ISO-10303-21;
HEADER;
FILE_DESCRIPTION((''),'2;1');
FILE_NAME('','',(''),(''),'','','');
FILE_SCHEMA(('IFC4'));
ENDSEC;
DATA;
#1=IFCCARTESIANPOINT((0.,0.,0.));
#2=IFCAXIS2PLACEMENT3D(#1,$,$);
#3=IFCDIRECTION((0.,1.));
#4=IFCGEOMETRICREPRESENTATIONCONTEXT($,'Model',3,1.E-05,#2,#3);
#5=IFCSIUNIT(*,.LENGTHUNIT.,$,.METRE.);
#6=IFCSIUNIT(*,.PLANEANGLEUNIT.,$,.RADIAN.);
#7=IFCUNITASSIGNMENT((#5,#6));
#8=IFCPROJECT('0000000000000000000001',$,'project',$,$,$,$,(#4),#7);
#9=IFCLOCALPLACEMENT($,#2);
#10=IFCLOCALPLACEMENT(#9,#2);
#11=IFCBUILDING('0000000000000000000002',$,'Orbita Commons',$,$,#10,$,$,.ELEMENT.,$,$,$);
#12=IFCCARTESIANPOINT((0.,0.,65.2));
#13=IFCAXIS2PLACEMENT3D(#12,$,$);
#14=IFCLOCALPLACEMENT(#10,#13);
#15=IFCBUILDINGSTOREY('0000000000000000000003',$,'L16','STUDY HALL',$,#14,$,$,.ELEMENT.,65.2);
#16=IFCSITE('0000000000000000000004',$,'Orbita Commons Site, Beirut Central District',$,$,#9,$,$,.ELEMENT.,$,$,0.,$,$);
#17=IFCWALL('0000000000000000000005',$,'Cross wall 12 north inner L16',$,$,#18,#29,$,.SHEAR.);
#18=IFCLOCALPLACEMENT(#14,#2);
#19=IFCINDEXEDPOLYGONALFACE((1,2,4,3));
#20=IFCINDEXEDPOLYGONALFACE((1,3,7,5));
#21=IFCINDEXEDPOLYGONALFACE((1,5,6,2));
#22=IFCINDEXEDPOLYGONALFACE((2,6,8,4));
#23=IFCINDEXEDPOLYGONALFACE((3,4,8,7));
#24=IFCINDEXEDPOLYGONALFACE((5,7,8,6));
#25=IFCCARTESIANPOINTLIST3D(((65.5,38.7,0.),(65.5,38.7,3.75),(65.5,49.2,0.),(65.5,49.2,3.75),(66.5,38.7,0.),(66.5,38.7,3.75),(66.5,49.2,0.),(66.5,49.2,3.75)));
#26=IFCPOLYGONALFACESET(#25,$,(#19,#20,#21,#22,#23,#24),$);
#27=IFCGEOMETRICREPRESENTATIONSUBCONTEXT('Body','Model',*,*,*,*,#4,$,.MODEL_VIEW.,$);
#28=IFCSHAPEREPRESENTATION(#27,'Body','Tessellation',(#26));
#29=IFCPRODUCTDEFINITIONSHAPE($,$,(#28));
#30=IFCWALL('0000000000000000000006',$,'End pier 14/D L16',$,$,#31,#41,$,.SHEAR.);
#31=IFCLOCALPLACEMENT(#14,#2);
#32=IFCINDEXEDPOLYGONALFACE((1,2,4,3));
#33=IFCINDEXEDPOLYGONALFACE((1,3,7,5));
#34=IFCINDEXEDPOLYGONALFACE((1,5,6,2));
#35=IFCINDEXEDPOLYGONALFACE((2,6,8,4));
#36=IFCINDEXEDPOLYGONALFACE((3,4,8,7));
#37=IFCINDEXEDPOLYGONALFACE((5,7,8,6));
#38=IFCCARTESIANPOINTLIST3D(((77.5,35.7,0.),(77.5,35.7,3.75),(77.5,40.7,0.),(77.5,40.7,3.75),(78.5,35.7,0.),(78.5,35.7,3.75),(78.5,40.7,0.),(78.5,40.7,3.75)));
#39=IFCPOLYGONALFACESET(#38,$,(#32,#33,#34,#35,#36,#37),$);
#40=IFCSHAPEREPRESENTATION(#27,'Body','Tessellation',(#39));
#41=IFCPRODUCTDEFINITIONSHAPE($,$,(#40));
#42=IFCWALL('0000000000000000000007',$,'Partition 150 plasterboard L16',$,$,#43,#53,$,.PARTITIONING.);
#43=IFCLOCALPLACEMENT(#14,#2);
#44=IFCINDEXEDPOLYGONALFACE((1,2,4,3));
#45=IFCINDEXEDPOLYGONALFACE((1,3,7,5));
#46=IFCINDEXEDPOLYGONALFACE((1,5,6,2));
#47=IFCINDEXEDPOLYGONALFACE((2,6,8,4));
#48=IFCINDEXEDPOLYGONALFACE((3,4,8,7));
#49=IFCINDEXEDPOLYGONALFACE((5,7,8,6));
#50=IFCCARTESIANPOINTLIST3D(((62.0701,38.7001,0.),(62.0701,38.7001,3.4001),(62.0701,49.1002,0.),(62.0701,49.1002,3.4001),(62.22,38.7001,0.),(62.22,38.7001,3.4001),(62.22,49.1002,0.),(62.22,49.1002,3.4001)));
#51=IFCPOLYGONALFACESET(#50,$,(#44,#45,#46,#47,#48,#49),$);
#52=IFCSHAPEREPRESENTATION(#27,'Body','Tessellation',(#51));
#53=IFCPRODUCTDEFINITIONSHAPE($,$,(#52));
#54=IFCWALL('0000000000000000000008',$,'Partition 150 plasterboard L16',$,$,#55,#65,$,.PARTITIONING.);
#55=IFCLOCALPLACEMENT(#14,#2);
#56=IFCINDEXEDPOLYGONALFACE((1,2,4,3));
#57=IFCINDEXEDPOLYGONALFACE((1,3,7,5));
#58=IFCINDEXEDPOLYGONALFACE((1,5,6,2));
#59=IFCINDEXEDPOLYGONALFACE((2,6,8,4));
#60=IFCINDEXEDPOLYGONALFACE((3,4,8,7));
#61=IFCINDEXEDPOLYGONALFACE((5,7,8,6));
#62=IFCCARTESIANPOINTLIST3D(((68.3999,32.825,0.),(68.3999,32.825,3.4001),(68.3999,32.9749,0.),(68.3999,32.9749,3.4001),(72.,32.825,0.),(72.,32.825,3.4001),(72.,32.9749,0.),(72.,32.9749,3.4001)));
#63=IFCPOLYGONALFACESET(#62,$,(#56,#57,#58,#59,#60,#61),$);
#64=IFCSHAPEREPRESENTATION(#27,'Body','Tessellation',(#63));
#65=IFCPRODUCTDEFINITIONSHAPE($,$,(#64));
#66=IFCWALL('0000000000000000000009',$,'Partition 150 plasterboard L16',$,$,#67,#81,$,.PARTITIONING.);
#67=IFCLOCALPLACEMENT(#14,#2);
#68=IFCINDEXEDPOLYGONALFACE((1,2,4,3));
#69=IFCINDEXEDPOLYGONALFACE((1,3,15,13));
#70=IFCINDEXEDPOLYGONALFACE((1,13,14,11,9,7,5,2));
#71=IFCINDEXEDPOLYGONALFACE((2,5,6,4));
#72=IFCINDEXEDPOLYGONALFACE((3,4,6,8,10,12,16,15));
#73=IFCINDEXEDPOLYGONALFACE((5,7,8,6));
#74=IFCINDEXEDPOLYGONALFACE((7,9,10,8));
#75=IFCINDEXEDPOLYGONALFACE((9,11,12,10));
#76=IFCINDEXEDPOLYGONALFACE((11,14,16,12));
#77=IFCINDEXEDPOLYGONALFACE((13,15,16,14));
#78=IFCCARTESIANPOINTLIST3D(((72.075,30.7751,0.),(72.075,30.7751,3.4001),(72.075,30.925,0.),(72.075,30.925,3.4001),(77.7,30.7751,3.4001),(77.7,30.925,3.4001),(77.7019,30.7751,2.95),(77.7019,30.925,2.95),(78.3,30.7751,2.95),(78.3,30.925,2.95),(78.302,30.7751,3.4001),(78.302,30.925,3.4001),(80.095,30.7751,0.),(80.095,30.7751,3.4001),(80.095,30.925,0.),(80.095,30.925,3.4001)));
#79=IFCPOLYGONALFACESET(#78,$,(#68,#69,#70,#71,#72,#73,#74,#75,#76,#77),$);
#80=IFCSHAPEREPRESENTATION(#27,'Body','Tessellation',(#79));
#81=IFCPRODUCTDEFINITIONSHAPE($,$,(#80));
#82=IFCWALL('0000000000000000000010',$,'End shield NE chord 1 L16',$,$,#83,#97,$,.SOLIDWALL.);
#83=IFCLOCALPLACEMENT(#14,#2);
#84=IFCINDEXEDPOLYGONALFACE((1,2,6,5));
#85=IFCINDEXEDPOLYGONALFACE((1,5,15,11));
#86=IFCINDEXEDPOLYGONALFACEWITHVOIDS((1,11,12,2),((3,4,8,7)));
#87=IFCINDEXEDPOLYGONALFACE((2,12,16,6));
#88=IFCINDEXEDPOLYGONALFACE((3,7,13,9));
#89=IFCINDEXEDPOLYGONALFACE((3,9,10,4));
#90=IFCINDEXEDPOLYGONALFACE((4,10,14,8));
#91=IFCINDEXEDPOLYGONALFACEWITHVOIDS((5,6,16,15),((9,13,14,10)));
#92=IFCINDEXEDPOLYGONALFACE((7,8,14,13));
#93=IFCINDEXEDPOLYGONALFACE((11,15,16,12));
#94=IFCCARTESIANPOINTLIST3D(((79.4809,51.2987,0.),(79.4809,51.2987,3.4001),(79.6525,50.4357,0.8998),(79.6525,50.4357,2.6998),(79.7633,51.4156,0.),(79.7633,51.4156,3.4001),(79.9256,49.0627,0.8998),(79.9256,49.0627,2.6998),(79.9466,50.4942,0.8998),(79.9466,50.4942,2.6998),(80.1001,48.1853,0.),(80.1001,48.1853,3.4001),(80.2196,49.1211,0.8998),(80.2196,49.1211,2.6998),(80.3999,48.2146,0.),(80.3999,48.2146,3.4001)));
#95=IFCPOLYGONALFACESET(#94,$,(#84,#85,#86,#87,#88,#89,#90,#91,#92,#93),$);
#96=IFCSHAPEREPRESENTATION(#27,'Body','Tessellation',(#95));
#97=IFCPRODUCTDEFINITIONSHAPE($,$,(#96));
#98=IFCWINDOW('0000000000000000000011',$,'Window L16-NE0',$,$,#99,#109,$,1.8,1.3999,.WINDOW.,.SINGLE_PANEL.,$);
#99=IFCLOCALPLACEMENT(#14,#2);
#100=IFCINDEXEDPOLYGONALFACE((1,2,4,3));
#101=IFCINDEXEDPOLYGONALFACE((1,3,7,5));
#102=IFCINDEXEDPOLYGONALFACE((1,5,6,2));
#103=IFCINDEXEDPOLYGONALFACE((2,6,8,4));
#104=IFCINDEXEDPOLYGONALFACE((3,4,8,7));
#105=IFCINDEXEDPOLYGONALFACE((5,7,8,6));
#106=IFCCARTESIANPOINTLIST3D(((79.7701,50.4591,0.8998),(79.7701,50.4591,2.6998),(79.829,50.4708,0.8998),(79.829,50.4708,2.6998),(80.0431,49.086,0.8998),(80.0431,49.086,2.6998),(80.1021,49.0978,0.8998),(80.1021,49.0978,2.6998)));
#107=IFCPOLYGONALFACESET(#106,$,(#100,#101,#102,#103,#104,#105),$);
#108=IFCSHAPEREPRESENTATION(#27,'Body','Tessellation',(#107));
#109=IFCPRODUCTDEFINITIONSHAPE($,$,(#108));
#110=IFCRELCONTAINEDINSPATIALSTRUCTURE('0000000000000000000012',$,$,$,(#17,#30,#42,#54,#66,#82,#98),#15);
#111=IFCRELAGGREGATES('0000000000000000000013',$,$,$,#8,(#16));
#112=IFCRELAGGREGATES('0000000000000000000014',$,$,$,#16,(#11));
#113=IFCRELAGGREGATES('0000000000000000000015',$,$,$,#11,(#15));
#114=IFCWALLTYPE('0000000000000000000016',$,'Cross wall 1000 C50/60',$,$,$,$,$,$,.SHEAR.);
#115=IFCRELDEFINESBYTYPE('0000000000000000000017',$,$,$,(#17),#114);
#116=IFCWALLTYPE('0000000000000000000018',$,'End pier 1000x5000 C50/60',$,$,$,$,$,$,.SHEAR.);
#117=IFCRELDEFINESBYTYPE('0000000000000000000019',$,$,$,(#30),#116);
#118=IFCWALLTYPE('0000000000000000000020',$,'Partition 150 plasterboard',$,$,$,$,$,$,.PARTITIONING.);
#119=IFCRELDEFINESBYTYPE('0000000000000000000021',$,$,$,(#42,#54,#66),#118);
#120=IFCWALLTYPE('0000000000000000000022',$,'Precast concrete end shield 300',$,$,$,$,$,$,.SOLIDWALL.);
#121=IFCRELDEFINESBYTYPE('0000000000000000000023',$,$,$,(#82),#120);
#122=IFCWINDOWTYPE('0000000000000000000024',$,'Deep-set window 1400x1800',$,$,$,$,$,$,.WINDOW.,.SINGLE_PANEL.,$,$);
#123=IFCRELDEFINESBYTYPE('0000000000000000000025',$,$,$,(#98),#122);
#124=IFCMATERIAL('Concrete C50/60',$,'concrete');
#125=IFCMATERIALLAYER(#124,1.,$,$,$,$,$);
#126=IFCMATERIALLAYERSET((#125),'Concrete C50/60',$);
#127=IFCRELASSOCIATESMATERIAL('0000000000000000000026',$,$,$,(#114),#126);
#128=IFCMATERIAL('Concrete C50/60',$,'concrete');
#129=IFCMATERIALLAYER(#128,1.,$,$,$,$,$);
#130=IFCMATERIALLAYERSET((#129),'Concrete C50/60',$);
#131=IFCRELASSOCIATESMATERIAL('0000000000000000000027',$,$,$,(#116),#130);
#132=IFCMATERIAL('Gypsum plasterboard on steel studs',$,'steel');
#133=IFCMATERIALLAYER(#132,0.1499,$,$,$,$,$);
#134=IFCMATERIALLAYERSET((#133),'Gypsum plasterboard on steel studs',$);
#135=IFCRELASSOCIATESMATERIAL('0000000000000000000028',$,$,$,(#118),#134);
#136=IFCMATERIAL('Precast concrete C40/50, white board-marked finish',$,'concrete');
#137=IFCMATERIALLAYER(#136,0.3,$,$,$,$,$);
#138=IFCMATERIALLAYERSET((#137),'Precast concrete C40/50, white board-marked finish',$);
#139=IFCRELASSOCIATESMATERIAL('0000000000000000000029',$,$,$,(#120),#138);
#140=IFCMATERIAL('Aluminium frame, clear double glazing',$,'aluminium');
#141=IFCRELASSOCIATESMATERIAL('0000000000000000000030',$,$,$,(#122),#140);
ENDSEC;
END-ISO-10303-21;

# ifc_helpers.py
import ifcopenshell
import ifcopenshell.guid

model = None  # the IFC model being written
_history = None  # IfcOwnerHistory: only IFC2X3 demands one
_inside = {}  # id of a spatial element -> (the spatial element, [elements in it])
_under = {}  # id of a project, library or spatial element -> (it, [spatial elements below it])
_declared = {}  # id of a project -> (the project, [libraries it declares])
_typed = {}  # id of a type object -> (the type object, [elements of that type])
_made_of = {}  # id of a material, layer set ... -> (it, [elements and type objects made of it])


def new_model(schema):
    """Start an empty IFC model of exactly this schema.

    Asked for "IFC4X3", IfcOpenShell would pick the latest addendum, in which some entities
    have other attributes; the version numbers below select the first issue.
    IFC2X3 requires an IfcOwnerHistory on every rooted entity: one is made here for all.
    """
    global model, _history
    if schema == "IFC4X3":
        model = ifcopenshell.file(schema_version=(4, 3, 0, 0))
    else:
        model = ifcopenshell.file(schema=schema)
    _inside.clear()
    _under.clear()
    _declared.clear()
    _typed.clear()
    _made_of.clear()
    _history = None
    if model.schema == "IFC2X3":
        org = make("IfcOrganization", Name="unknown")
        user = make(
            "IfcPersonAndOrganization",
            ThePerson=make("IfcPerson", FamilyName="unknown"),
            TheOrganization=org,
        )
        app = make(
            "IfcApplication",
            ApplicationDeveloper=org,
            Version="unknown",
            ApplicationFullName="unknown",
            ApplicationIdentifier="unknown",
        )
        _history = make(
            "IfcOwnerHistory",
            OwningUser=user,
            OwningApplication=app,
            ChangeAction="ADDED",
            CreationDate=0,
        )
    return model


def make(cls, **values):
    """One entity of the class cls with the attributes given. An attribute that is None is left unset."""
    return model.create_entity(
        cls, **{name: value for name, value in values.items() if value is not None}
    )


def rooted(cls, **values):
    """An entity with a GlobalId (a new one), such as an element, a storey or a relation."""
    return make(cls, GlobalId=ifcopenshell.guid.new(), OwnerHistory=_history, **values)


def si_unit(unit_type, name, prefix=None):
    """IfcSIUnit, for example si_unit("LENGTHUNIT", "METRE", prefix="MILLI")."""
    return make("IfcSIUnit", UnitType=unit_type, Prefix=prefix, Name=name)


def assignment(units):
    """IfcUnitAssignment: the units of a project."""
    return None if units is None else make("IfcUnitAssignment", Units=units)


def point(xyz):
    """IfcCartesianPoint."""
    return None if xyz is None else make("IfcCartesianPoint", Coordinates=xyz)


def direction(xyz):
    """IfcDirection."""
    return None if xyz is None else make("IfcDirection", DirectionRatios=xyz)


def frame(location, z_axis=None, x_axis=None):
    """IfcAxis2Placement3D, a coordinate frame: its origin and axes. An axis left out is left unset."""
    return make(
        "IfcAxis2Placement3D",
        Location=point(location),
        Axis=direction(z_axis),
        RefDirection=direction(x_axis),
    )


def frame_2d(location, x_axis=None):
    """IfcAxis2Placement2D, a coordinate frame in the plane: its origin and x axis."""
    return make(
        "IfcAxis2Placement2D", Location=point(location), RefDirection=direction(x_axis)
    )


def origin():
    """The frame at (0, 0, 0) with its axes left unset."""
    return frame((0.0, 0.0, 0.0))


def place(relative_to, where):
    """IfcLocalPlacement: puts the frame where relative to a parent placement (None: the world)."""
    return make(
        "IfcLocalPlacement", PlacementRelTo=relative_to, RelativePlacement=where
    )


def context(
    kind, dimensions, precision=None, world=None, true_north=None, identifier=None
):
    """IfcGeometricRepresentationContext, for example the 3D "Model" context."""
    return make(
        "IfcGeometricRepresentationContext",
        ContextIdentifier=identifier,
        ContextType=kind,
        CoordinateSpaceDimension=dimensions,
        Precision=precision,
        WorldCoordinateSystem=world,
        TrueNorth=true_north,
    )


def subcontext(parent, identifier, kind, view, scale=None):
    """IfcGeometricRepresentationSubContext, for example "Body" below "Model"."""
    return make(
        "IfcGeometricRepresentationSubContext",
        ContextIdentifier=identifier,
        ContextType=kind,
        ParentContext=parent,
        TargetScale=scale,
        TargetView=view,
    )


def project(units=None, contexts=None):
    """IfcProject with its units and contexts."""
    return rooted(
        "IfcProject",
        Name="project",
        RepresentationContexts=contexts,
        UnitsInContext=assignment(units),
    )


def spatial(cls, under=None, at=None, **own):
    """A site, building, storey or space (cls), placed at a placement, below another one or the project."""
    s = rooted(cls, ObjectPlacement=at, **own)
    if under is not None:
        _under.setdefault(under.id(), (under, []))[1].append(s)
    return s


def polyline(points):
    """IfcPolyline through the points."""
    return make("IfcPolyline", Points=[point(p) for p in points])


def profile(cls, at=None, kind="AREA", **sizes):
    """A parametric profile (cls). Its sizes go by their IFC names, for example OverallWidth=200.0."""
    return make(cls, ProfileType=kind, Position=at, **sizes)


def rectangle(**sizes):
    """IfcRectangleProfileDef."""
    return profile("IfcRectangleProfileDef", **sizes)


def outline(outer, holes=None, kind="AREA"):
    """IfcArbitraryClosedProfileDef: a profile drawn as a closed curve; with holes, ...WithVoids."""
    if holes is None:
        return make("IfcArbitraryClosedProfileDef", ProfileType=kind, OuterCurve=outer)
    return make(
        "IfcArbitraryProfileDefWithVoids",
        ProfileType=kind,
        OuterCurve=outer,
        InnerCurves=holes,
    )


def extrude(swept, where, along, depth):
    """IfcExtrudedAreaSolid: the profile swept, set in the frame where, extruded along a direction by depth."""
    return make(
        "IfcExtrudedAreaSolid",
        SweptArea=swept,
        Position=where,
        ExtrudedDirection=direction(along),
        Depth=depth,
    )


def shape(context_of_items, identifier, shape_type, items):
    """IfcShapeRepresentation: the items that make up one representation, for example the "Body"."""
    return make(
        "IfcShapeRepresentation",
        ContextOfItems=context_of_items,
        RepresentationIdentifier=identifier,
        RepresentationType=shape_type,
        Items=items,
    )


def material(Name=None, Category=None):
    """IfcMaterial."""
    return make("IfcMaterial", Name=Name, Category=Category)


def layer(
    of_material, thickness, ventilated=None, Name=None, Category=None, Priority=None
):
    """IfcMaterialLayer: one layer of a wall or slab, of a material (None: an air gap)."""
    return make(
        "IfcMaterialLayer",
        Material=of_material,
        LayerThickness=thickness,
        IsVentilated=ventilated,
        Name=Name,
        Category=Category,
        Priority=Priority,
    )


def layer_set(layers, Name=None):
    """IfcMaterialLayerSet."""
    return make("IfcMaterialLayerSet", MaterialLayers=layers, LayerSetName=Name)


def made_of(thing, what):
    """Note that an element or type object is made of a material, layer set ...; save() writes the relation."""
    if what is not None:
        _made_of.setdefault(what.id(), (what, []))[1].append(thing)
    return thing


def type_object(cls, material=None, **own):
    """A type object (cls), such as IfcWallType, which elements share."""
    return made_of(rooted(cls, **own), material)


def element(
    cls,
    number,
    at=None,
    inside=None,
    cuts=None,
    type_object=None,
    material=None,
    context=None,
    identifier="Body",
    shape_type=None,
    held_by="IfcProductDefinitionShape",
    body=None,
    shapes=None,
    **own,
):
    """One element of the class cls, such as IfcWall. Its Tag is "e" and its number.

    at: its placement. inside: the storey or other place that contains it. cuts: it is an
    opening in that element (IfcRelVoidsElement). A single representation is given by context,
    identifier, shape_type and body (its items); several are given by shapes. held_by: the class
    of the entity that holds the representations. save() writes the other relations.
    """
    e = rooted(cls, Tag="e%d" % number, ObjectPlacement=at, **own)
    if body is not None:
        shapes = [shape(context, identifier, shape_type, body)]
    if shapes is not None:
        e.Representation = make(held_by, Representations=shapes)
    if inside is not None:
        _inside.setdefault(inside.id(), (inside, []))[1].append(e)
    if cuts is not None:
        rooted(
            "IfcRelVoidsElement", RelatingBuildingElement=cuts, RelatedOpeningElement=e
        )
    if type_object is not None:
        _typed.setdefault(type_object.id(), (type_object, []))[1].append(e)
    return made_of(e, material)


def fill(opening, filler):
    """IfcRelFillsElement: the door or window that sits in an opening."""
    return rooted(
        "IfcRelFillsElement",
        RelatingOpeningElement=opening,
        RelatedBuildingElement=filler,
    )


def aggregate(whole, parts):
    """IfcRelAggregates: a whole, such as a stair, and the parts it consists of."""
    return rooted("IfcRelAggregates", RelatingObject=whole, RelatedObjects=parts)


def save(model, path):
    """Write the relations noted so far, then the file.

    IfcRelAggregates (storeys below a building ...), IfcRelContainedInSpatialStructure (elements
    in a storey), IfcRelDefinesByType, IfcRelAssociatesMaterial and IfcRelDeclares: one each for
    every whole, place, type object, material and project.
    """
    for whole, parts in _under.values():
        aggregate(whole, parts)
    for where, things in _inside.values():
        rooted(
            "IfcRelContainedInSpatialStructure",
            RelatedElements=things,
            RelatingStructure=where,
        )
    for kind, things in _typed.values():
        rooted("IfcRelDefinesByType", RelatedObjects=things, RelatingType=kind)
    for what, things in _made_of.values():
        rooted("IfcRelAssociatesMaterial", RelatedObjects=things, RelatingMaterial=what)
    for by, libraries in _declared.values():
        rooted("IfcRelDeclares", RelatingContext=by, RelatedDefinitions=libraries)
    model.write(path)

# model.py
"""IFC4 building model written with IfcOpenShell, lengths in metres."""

from ifc_helpers import new_model, si_unit, direction, frame, frame_2d, origin, place, context, subcontext, project, spatial, polyline, rectangle, outline, extrude, material, layer, layer_set, type_object, element, fill, save


model = new_model("IFC4")

# Units and contexts
model_context = context("Model", 3, precision=1e-05, world=origin(), true_north=direction((0.0, 1.0)))
body_context = subcontext(model_context, "Body", "Model", "MODEL_VIEW")
ifc_project = project(units=[si_unit("LENGTHUNIT", "METRE"), si_unit("PLANEANGLEUNIT", "RADIAN")], contexts=[model_context])

# Site, building, storey
site_placement = place(None, origin())
site = spatial("IfcSite", under=ifc_project, at=site_placement, Name="Orbita Commons Site, Beirut Central District", CompositionType="ELEMENT", RefElevation=0.0)
building_placement = place(site_placement, origin())
building = spatial("IfcBuilding", under=site, at=building_placement, Name="Orbita Commons", CompositionType="ELEMENT")
storey_placement = place(building_placement, frame((0.0, 0.0, 65.2)))
storey = spatial("IfcBuildingStorey", under=building, at=storey_placement, Name="L16", Description="STUDY HALL", CompositionType="ELEMENT", Elevation=65.2)

# Walls
ifc_material_1 = material(Name="Concrete C50/60", Category="concrete")
ifc_layer_1 = layer(ifc_material_1, 1.0)
ifc_layer_set_1 = layer_set([ifc_layer_1], Name="Concrete C50/60")
wall_type_1 = type_object("IfcWallType", Name="Cross wall 1000 C50/60", PredefinedType="SHEAR", material=ifc_layer_set_1)
for number, where, z_axis, x_axis, name in (
    (1, (66.0, 38.7, 0.0), (0.0, 0.0, 1.0), (0.0, 1.0, 0.0), "Cross wall 12 north inner L16"),
):
    element("IfcWall", number, at=place(storey_placement, frame(where, z_axis=z_axis, x_axis=x_axis)), inside=storey, type_object=wall_type_1, Name=name, PredefinedType="SHEAR", context=body_context, shape_type="SweptSolid", body=[
        extrude(rectangle(XDim=10.5, YDim=1.0, at=frame_2d((5.25, 0.0))), origin(), (0.0, 0.0, 1.0), 3.75),
    ])
ifc_material_2 = material(Name="Concrete C50/60", Category="concrete")
ifc_layer_2 = layer(ifc_material_2, 1.0)
ifc_layer_set_2 = layer_set([ifc_layer_2], Name="Concrete C50/60")
wall_type_2 = type_object("IfcWallType", Name="End pier 1000x5000 C50/60", PredefinedType="SHEAR", material=ifc_layer_set_2)
wall_1_placement = place(storey_placement, frame((78.0, 35.7, 0.0), z_axis=(0.0, 0.0, 1.0), x_axis=(0.0, 1.0, 0.0)))
element("IfcWall", 2, at=wall_1_placement, inside=storey, type_object=wall_type_2, Name="End pier 14/D L16", PredefinedType="SHEAR", context=body_context, shape_type="SweptSolid", body=[
    extrude(rectangle(XDim=5.0, YDim=1.0, at=frame_2d((2.5, 0.0))), origin(), (0.0, 0.0, 1.0), 3.75),
])
ifc_material_3 = material(Name="Gypsum plasterboard on steel studs", Category="steel")
ifc_layer_3 = layer(ifc_material_3, 0.1499)
ifc_layer_set_3 = layer_set([ifc_layer_3], Name="Gypsum plasterboard on steel studs")
wall_type_3 = type_object("IfcWallType", Name="Partition 150 plasterboard", PredefinedType="PARTITIONING", material=ifc_layer_set_3)
wall_2_placement = place(storey_placement, frame((62.145, 38.7, 0.0), z_axis=(0.0, 0.0, 1.0), x_axis=(0.0, 1.0, 0.0)))
element("IfcWall", 3, at=wall_2_placement, inside=storey, type_object=wall_type_3, Name="Partition 150 plasterboard L16", PredefinedType="PARTITIONING", context=body_context, shape_type="SweptSolid", body=[
    extrude(rectangle(XDim=10.4001, YDim=0.1499, at=frame_2d((5.2002, 0.0))), origin(), (0.0, 0.0, 1.0), 3.4001),
])
wall_3_placement = place(storey_placement, frame((68.3999, 32.8999, 0.0), z_axis=(0.0, 0.0, 1.0), x_axis=(1.0, 0.0, 0.0)))
element("IfcWall", 4, at=wall_3_placement, inside=storey, type_object=wall_type_3, Name="Partition 150 plasterboard L16", PredefinedType="PARTITIONING", context=body_context, shape_type="SweptSolid", body=[
    extrude(rectangle(XDim=3.6001, YDim=0.1499, at=frame_2d((1.8, 0.0))), origin(), (0.0, 0.0, 1.0), 3.4001),
])
wall_4_placement = place(storey_placement, frame((72.075, 30.8501, 0.0), z_axis=(0.0, 0.0, 1.0), x_axis=(1.0, 0.0, 0.0)))
element("IfcWall", 5, at=wall_4_placement, inside=storey, type_object=wall_type_3, Name="Partition 150 plasterboard L16", PredefinedType="PARTITIONING", context=body_context, shape_type="SweptSolid", body=[
    extrude(outline(polyline([(0.0, 0.0), (8.02, 0.0), (8.02, 3.4001), (6.2271, 3.4001), (6.2251, 2.95), (5.627, 2.95), (5.625, 3.4001), (0.0, 3.4001), (0.0, 0.0)])), frame((0.0, 0.075, 0.0), z_axis=(0.0, -1.0, 0.0), x_axis=(1.0, 0.0, 0.0)), (0.0, 0.0, 1.0), 0.1499),
])

# Wall, opening, window
ifc_material_4 = material(Name="Precast concrete C40/50, white board-marked finish", Category="concrete")
ifc_layer_4 = layer(ifc_material_4, 0.3)
ifc_layer_set_4 = layer_set([ifc_layer_4], Name="Precast concrete C40/50, white board-marked finish")
wall_type_4 = type_object("IfcWallType", Name="Precast concrete end shield 300", PredefinedType="SOLIDWALL", material=ifc_layer_set_4)
wall_5_placement = place(storey_placement, frame((80.25, 48.2, 0.0), z_axis=(0.0, 0.0, 1.0), x_axis=(-0.195066, 0.98079, 0.0)))
wall_5 = element("IfcWall", 6, at=wall_5_placement, inside=storey, type_object=wall_type_4, Name="End shield NE chord 1 L16", PredefinedType="SOLIDWALL", context=body_context, shape_type="SweptSolid", body=[
    extrude(outline(polyline([(-0.0149, -0.1499), (3.2488, -0.1499), (3.1892, 0.1499), (0.0149, 0.1499), (-0.0149, -0.1499)])), origin(), (0.0, 0.0, 1.0), 3.4001),
])
opening_1_placement = place(wall_5_placement, frame((0.9094, 0.0, 0.8999)))
opening_1 = element("IfcOpeningElement", 7, at=opening_1_placement, cuts=wall_5, PredefinedType="OPENING", context=body_context, shape_type="SweptSolid", body=[
    extrude(rectangle(XDim=1.3999, YDim=1.8, at=frame_2d((0.7, 0.8999))), frame((0.0, 0.1599, 0.0), z_axis=(0.0, -1.0, 0.0), x_axis=(1.0, 0.0, 0.0)), (0.0, 0.0, 1.0), 0.3201),
])
ifc_material_5 = material(Name="Aluminium frame, clear double glazing", Category="aluminium")
window_type = type_object("IfcWindowType", Name="Deep-set window 1400x1800", PartitioningType="SINGLE_PANEL", PredefinedType="WINDOW", material=ifc_material_5)
window_placement = place(opening_1_placement, origin())
window = element("IfcWindow", 8, at=window_placement, inside=storey, type_object=window_type, Name="Window L16-NE0", OverallHeight=1.8, OverallWidth=1.3999, PartitioningType="SINGLE_PANEL", PredefinedType="WINDOW", context=body_context, shape_type="SweptSolid", body=[
    extrude(rectangle(XDim=1.3999, YDim=1.8, at=frame_2d((0.7, 0.8999))), frame((0.0, 0.03, 0.0), z_axis=(0.0, -1.0, 0.0), x_axis=(1.0, 0.0, 0.0)), (0.0, 0.0, 1.0), 0.0601),
])
fill(opening_1, window)

save(model, "model.ifc")
